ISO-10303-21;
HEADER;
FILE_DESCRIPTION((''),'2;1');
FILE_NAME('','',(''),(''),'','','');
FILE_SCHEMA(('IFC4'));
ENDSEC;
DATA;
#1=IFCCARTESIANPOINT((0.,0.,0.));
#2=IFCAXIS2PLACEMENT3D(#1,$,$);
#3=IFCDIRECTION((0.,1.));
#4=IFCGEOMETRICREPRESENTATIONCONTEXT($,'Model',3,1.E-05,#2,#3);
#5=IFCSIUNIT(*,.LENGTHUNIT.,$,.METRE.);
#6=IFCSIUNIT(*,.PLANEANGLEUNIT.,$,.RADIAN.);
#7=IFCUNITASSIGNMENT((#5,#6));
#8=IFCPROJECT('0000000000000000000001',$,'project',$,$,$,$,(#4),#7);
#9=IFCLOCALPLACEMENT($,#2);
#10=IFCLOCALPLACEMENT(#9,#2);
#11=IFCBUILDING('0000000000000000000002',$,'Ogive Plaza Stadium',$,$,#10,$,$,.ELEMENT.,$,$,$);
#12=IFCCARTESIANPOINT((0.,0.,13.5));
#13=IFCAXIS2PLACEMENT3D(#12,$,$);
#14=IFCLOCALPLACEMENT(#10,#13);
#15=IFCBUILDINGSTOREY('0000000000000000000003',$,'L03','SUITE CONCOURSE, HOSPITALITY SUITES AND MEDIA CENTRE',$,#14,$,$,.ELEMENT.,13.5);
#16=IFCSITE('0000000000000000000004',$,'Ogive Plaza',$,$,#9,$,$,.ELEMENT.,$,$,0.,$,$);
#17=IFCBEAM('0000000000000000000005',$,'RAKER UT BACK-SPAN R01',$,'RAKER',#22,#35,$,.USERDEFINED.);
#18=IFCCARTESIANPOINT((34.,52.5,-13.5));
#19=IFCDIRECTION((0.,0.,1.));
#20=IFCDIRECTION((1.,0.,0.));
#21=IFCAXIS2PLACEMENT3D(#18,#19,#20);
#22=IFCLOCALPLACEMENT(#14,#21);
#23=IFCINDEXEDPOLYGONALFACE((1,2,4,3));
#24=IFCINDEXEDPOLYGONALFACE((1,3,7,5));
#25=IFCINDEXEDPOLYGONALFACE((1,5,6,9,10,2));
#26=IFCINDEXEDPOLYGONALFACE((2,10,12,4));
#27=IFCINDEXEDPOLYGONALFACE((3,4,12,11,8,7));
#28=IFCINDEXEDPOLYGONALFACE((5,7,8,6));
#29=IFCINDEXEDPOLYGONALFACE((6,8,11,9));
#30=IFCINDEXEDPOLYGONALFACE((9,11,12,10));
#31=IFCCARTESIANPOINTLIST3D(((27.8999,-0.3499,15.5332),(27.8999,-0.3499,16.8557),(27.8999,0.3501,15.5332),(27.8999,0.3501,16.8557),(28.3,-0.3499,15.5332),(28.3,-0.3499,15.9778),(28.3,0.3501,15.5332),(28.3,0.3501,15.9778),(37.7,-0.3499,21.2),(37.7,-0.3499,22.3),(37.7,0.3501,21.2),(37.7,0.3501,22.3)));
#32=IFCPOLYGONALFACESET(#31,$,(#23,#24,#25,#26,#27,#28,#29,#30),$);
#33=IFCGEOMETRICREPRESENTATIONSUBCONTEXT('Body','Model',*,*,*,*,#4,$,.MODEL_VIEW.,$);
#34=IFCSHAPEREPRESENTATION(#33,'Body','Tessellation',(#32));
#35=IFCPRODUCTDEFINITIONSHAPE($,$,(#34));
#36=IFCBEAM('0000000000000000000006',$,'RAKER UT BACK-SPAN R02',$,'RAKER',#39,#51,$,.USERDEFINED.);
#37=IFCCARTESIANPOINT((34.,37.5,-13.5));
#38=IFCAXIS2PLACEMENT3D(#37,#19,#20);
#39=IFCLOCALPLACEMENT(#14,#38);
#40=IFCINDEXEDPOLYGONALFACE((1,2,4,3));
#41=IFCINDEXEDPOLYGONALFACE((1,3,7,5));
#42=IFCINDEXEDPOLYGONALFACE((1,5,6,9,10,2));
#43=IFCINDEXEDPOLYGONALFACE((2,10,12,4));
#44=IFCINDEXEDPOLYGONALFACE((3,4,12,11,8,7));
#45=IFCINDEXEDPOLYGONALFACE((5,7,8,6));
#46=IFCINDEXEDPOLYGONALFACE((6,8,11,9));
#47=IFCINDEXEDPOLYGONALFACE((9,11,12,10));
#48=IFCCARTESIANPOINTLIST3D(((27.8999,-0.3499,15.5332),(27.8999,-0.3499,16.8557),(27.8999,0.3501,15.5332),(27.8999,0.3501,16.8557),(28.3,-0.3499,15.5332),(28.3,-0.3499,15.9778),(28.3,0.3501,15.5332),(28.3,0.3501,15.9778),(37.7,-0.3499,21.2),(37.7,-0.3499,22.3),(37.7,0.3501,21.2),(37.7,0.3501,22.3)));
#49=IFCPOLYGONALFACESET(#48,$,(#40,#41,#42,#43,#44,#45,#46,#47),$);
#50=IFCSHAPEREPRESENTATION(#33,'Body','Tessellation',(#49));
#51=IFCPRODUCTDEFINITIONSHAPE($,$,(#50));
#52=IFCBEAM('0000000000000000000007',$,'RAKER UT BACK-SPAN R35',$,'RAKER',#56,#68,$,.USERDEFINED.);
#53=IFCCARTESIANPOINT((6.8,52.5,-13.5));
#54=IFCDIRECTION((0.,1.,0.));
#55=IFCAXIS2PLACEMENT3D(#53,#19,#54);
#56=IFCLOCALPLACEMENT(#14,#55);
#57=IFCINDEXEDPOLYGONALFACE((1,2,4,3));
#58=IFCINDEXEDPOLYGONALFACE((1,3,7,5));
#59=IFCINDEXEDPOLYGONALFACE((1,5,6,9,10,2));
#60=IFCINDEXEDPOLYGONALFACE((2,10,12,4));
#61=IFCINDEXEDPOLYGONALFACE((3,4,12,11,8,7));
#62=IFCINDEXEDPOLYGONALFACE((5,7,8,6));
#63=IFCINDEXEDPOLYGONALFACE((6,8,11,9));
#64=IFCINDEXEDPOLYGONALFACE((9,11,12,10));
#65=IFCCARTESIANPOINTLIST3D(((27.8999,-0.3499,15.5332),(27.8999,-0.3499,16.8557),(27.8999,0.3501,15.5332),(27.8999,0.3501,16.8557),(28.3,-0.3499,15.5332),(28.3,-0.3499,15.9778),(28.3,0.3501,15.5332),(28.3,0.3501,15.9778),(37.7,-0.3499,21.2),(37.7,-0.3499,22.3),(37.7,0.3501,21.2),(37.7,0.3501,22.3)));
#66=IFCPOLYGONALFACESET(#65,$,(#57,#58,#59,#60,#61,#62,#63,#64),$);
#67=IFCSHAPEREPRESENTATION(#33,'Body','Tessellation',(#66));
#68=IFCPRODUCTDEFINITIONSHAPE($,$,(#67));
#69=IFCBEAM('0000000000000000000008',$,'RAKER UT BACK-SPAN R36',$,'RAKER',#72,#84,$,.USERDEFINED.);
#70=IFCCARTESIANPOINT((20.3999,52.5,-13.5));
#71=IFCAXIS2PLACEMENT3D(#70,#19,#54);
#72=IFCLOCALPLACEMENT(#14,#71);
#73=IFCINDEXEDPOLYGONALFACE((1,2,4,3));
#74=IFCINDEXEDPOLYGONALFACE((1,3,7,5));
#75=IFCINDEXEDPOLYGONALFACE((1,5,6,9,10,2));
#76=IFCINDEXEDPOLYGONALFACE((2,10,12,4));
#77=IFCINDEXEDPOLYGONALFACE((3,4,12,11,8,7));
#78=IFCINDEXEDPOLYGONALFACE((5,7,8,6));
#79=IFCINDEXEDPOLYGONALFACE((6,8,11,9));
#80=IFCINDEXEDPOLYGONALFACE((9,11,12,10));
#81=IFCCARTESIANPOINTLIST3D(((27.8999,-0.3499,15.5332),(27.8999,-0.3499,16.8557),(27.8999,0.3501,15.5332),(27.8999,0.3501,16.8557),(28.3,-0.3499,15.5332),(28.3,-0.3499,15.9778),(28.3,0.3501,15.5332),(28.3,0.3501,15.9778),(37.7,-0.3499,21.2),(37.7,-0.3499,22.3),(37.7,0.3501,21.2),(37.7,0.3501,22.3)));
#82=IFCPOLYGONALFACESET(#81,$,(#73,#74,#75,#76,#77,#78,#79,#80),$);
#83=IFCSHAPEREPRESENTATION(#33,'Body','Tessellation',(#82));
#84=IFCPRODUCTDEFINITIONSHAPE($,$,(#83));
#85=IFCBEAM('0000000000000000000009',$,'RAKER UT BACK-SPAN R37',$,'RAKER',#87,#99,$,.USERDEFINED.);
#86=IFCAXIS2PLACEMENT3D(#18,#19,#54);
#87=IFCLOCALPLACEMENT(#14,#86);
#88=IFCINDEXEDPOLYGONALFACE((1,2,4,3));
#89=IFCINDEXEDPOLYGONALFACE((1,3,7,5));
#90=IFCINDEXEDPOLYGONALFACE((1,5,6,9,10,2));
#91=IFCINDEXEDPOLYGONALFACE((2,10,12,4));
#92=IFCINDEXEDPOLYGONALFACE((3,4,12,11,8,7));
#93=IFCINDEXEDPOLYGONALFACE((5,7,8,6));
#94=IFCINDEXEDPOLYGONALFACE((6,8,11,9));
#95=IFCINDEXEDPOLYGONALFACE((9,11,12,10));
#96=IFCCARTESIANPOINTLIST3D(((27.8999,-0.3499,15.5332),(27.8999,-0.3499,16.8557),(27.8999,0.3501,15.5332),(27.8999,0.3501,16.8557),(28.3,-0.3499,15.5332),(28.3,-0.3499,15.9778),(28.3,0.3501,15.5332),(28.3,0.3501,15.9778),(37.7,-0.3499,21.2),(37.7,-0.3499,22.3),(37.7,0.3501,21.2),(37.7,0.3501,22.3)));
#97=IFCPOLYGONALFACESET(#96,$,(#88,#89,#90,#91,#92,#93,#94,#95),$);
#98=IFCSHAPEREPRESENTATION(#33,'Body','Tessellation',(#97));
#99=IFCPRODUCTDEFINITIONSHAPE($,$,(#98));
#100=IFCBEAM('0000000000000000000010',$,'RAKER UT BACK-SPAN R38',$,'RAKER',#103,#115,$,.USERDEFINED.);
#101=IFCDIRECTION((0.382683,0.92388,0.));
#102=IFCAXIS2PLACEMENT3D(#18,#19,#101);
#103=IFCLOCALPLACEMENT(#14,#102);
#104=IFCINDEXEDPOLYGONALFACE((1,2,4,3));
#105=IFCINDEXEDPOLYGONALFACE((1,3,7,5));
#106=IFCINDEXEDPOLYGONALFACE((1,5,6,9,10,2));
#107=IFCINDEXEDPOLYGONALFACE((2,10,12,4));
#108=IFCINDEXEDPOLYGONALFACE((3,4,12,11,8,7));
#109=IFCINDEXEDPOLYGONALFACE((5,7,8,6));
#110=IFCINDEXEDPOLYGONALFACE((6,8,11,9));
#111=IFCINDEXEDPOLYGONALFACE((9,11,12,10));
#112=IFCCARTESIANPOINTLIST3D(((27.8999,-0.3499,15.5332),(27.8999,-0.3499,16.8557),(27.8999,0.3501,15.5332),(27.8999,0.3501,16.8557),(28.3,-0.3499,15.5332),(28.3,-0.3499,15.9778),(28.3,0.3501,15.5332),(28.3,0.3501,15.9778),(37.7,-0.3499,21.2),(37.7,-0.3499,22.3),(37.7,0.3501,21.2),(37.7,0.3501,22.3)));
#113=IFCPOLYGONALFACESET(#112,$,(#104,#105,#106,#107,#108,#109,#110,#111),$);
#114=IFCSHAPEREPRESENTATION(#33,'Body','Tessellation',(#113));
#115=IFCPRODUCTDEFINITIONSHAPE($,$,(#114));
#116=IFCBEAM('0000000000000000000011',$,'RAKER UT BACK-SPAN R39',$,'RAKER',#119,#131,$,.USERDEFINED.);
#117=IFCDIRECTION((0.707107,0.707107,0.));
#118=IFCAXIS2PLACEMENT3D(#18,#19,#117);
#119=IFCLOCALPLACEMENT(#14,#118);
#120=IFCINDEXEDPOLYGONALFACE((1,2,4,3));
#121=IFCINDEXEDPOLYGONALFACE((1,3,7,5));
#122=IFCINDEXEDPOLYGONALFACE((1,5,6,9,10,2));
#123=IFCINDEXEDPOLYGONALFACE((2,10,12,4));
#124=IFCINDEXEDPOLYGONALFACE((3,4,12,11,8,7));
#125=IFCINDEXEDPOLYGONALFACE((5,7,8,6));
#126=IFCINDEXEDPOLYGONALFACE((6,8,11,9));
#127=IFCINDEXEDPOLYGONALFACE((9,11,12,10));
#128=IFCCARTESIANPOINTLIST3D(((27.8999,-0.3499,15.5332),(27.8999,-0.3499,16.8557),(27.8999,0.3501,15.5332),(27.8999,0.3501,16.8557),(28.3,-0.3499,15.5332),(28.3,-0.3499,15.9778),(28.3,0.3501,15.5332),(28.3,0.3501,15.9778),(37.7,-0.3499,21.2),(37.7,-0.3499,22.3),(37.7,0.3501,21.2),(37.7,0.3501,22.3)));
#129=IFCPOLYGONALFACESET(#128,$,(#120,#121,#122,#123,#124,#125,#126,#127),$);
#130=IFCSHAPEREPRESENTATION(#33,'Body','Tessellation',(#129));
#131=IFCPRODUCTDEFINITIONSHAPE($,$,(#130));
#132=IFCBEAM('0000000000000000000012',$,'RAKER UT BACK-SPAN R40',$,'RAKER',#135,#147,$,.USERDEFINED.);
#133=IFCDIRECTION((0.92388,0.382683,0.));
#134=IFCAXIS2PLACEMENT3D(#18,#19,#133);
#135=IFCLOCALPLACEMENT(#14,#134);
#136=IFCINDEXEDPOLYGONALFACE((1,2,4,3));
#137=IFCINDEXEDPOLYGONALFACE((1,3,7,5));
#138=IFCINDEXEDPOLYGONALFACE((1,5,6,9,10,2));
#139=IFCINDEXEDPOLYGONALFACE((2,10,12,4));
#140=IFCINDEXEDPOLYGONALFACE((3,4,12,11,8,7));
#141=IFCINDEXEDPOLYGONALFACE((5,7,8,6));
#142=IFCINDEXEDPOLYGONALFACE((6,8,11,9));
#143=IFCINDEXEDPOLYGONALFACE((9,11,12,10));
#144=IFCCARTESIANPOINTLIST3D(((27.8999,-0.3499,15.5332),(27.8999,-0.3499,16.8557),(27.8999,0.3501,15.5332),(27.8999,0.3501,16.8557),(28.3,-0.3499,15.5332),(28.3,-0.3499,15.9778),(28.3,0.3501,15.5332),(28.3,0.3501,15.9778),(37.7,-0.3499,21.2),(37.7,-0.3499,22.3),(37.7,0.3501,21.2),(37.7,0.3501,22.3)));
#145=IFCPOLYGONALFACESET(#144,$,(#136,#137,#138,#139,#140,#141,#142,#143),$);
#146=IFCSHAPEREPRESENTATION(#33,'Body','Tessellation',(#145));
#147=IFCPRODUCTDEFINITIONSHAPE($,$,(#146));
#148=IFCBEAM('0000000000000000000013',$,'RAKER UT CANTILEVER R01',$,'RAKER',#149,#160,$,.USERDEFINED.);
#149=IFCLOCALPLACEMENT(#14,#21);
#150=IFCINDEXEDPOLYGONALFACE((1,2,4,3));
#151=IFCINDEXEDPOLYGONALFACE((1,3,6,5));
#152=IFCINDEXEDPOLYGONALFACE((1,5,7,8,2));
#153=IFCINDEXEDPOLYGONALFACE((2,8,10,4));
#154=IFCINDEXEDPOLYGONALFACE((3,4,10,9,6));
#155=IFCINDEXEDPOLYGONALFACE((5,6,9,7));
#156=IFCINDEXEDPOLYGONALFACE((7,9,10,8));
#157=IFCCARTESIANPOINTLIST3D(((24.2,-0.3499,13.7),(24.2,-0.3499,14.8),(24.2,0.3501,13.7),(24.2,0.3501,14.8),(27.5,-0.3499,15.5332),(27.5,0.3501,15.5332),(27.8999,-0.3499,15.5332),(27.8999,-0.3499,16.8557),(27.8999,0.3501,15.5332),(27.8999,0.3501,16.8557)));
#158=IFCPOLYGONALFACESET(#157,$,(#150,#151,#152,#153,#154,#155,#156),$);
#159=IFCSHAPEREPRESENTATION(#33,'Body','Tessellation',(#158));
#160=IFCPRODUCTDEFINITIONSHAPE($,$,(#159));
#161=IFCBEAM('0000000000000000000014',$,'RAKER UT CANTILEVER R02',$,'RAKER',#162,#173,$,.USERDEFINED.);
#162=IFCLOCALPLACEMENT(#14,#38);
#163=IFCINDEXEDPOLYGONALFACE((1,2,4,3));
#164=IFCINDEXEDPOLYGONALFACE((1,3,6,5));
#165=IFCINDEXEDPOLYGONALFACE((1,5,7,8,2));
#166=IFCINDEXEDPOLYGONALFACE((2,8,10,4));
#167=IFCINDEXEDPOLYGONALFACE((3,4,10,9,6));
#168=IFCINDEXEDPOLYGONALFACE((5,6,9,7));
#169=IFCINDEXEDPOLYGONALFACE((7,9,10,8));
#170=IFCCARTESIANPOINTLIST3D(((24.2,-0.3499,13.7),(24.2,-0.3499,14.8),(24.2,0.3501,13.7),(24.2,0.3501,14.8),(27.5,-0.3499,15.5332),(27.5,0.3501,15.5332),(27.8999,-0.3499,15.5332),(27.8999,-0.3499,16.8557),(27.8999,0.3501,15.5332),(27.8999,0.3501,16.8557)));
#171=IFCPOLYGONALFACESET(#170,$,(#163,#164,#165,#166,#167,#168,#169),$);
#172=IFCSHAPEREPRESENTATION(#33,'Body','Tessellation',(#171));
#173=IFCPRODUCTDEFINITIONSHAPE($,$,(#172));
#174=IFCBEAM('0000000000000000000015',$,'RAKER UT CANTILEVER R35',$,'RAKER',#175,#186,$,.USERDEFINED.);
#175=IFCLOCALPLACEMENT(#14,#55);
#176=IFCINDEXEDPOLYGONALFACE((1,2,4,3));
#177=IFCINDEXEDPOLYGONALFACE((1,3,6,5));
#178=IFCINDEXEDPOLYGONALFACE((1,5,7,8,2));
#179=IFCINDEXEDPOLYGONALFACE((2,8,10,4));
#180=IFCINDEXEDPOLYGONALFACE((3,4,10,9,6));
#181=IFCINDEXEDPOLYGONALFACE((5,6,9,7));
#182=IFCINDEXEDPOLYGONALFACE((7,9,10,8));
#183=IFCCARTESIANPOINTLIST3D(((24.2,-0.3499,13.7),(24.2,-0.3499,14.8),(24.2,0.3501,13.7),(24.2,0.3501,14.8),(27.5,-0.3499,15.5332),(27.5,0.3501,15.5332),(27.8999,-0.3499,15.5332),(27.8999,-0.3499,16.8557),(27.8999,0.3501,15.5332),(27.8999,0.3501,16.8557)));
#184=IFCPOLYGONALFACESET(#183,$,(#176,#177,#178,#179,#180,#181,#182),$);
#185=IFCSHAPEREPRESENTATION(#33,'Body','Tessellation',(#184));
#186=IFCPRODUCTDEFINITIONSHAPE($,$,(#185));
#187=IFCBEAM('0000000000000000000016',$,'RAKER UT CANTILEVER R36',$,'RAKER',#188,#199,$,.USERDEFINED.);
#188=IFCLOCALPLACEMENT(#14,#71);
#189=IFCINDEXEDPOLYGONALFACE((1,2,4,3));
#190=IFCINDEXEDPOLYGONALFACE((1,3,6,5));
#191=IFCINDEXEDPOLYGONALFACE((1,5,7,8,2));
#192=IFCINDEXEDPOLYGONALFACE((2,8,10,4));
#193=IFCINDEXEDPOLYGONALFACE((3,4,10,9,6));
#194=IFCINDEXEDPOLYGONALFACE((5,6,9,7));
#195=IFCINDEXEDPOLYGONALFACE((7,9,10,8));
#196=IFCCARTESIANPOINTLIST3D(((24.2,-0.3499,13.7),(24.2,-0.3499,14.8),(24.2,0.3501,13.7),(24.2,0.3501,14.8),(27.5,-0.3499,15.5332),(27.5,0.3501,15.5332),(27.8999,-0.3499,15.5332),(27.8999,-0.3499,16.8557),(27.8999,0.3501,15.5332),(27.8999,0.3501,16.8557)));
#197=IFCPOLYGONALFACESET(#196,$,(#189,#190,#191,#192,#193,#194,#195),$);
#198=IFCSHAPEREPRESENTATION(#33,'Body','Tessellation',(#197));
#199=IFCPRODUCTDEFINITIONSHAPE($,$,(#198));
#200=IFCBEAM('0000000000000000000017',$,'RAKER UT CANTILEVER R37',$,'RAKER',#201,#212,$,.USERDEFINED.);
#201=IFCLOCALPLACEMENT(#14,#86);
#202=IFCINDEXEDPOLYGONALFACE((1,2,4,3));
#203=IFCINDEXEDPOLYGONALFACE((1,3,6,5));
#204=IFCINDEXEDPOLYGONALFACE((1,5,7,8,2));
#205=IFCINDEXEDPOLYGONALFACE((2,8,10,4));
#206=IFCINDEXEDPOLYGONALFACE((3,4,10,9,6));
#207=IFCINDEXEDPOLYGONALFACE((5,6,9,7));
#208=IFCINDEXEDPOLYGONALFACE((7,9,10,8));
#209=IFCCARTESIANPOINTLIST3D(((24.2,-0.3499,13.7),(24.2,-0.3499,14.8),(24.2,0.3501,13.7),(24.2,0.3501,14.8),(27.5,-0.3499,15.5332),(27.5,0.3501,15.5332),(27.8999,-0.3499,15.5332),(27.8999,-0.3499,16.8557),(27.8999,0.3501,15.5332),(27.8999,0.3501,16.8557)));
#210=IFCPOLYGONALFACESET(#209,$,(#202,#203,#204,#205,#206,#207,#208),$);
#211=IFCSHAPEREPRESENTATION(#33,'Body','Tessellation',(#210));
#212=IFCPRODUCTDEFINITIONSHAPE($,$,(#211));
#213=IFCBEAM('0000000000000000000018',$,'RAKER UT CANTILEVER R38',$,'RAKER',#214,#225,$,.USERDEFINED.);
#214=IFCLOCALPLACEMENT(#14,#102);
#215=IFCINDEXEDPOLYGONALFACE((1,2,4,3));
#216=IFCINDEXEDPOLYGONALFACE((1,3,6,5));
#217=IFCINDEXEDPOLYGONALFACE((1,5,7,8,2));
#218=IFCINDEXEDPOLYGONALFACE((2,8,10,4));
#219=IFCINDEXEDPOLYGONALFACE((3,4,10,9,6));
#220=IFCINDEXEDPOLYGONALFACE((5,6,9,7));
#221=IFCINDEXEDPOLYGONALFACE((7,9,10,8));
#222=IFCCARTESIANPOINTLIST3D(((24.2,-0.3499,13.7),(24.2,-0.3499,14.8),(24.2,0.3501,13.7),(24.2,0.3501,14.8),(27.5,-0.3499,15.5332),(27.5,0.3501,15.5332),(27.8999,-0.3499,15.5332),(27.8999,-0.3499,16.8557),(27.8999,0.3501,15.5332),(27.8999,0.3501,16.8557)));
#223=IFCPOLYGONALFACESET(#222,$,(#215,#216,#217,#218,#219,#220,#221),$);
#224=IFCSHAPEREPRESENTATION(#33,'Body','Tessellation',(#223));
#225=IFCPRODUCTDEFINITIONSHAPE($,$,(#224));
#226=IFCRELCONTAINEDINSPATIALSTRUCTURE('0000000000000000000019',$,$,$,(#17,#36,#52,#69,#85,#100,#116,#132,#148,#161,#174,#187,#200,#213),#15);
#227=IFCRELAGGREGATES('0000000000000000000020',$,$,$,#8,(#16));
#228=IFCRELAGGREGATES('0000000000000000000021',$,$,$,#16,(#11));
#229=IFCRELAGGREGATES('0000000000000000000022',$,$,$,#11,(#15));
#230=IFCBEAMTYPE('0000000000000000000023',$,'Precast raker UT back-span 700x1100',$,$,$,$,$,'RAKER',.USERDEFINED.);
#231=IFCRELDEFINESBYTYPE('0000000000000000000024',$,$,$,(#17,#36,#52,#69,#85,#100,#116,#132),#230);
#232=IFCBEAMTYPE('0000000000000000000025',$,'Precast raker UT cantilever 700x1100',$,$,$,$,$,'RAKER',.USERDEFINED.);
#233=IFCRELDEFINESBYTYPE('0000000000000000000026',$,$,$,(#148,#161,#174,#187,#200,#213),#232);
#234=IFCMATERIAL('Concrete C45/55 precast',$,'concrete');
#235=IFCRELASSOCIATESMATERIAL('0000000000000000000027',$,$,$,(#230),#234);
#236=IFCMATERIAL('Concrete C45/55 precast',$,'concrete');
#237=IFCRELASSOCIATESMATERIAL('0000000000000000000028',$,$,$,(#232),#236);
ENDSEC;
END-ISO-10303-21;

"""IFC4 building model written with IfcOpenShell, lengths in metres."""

from ifc_helpers import new_model, si_unit, direction, frame, origin, origin_2d, place, context, subcontext, project, spatial, polyline, rectangle, outline, extrude, material, material_profile, profile_set, type_object, element, save


model = new_model("IFC4")

# Units and contexts
model_context = context("Model", 3, precision=1e-05, world=origin(), true_north=direction((0.0, 1.0)))
body_context = subcontext(model_context, "Body", "Model", "MODEL_VIEW")
ifc_project = project(units=[si_unit("LENGTHUNIT", "METRE"), si_unit("PLANEANGLEUNIT", "RADIAN")], contexts=[model_context])

# Site, building, storey
site_placement = place(None, origin())
site = spatial("IfcSite", under=ifc_project, at=site_placement, Name="Ogive Plaza", CompositionType="ELEMENT", RefElevation=0.0)
building_placement = place(site_placement, origin())
building = spatial("IfcBuilding", under=site, at=building_placement, Name="Ogive Plaza Stadium", CompositionType="ELEMENT")
storey_placement = place(building_placement, frame((0.0, 0.0, 13.5)))
storey = spatial("IfcBuildingStorey", under=building, at=storey_placement, Name="L03", Description="SUITE CONCOURSE, HOSPITALITY SUITES AND MEDIA CENTRE", CompositionType="ELEMENT", Elevation=13.5)

# Beams
ifc_material_1 = material(Name="Concrete C45/55 precast", Category="concrete")
ifc_material_profile_1 = material_profile(ifc_material_1, rectangle(XDim=0.7, YDim=1.1001, at=origin_2d()), Name="RC 700x1100")
ifc_profile_set_1 = profile_set([ifc_material_profile_1], Name="Concrete C45/55 precast")
beam_type_1 = type_object("IfcBeamType", Name="Precast raker UT back-span 700x1100", ElementType="RAKER", PredefinedType="USERDEFINED", material=ifc_profile_set_1)
for number, where, z_axis, x_axis, name in (
    (1, (34.0, 52.5, -13.5), (0.0, 0.0, 1.0), (1.0, 0.0, 0.0), "RAKER UT BACK-SPAN R01"),
    (2, (34.0, 37.5, -13.5), (0.0, 0.0, 1.0), (1.0, 0.0, 0.0), "RAKER UT BACK-SPAN R02"),
    (3, (6.8, 52.5, -13.5), (0.0, 0.0, 1.0), (0.0, 1.0, 0.0), "RAKER UT BACK-SPAN R35"),
    (4, (20.3999, 52.5, -13.5), (0.0, 0.0, 1.0), (0.0, 1.0, 0.0), "RAKER UT BACK-SPAN R36"),
    (5, (34.0, 52.5, -13.5), (0.0, 0.0, 1.0), (0.0, 1.0, 0.0), "RAKER UT BACK-SPAN R37"),
    (6, (34.0, 52.5, -13.5), (0.0, 0.0, 1.0), (0.382683, 0.92388, 0.0), "RAKER UT BACK-SPAN R38"),
    (7, (34.0, 52.5, -13.5), (0.0, 0.0, 1.0), (0.707107, 0.707107, 0.0), "RAKER UT BACK-SPAN R39"),
    (8, (34.0, 52.5, -13.5), (0.0, 0.0, 1.0), (0.92388, 0.382683, 0.0), "RAKER UT BACK-SPAN R40"),
):
    element("IfcBeam", number, at=place(storey_placement, frame(where, z_axis=z_axis, x_axis=x_axis)), inside=storey, type_object=beam_type_1, Name=name, ObjectType="RAKER", PredefinedType="USERDEFINED", context=body_context, shape_type="SweptSolid", body=[
        extrude(outline(polyline([(27.8999, 15.5332), (28.3, 15.5332), (28.3, 15.9778), (37.7, 21.2), (37.7, 22.3), (27.8999, 16.8557), (27.8999, 15.5332)])), frame((0.0, 0.3501, 0.0), z_axis=(0.0, -1.0, 0.0), x_axis=(1.0, 0.0, 0.0)), (0.0, 0.0, 1.0), 0.7),
    ])
ifc_material_2 = material(Name="Concrete C45/55 precast", Category="concrete")
ifc_material_profile_2 = material_profile(ifc_material_2, rectangle(XDim=0.7, YDim=1.1001, at=origin_2d()), Name="RC 700x1100")
ifc_profile_set_2 = profile_set([ifc_material_profile_2], Name="Concrete C45/55 precast")
beam_type_2 = type_object("IfcBeamType", Name="Precast raker UT cantilever 700x1100", ElementType="RAKER", PredefinedType="USERDEFINED", material=ifc_profile_set_2)
for number, where, z_axis, x_axis, name in (
    (9, (34.0, 52.5, -13.5), (0.0, 0.0, 1.0), (1.0, 0.0, 0.0), "RAKER UT CANTILEVER R01"),
    (10, (34.0, 37.5, -13.5), (0.0, 0.0, 1.0), (1.0, 0.0, 0.0), "RAKER UT CANTILEVER R02"),
    (11, (6.8, 52.5, -13.5), (0.0, 0.0, 1.0), (0.0, 1.0, 0.0), "RAKER UT CANTILEVER R35"),
    (12, (20.3999, 52.5, -13.5), (0.0, 0.0, 1.0), (0.0, 1.0, 0.0), "RAKER UT CANTILEVER R36"),
    (13, (34.0, 52.5, -13.5), (0.0, 0.0, 1.0), (0.0, 1.0, 0.0), "RAKER UT CANTILEVER R37"),
    (14, (34.0, 52.5, -13.5), (0.0, 0.0, 1.0), (0.382683, 0.92388, 0.0), "RAKER UT CANTILEVER R38"),
):
    element("IfcBeam", number, at=place(storey_placement, frame(where, z_axis=z_axis, x_axis=x_axis)), inside=storey, type_object=beam_type_2, Name=name, ObjectType="RAKER", PredefinedType="USERDEFINED", context=body_context, shape_type="SweptSolid", body=[
        extrude(outline(polyline([(24.2, 13.7), (27.5, 15.5332), (27.8999, 15.5332), (27.8999, 16.8557), (24.2, 14.8), (24.2, 13.7)])), frame((0.0, 0.3501, 0.0), z_axis=(0.0, -1.0, 0.0), x_axis=(1.0, 0.0, 0.0)), (0.0, 0.0, 1.0), 0.7),
    ])

save(model, "model.ifc")
